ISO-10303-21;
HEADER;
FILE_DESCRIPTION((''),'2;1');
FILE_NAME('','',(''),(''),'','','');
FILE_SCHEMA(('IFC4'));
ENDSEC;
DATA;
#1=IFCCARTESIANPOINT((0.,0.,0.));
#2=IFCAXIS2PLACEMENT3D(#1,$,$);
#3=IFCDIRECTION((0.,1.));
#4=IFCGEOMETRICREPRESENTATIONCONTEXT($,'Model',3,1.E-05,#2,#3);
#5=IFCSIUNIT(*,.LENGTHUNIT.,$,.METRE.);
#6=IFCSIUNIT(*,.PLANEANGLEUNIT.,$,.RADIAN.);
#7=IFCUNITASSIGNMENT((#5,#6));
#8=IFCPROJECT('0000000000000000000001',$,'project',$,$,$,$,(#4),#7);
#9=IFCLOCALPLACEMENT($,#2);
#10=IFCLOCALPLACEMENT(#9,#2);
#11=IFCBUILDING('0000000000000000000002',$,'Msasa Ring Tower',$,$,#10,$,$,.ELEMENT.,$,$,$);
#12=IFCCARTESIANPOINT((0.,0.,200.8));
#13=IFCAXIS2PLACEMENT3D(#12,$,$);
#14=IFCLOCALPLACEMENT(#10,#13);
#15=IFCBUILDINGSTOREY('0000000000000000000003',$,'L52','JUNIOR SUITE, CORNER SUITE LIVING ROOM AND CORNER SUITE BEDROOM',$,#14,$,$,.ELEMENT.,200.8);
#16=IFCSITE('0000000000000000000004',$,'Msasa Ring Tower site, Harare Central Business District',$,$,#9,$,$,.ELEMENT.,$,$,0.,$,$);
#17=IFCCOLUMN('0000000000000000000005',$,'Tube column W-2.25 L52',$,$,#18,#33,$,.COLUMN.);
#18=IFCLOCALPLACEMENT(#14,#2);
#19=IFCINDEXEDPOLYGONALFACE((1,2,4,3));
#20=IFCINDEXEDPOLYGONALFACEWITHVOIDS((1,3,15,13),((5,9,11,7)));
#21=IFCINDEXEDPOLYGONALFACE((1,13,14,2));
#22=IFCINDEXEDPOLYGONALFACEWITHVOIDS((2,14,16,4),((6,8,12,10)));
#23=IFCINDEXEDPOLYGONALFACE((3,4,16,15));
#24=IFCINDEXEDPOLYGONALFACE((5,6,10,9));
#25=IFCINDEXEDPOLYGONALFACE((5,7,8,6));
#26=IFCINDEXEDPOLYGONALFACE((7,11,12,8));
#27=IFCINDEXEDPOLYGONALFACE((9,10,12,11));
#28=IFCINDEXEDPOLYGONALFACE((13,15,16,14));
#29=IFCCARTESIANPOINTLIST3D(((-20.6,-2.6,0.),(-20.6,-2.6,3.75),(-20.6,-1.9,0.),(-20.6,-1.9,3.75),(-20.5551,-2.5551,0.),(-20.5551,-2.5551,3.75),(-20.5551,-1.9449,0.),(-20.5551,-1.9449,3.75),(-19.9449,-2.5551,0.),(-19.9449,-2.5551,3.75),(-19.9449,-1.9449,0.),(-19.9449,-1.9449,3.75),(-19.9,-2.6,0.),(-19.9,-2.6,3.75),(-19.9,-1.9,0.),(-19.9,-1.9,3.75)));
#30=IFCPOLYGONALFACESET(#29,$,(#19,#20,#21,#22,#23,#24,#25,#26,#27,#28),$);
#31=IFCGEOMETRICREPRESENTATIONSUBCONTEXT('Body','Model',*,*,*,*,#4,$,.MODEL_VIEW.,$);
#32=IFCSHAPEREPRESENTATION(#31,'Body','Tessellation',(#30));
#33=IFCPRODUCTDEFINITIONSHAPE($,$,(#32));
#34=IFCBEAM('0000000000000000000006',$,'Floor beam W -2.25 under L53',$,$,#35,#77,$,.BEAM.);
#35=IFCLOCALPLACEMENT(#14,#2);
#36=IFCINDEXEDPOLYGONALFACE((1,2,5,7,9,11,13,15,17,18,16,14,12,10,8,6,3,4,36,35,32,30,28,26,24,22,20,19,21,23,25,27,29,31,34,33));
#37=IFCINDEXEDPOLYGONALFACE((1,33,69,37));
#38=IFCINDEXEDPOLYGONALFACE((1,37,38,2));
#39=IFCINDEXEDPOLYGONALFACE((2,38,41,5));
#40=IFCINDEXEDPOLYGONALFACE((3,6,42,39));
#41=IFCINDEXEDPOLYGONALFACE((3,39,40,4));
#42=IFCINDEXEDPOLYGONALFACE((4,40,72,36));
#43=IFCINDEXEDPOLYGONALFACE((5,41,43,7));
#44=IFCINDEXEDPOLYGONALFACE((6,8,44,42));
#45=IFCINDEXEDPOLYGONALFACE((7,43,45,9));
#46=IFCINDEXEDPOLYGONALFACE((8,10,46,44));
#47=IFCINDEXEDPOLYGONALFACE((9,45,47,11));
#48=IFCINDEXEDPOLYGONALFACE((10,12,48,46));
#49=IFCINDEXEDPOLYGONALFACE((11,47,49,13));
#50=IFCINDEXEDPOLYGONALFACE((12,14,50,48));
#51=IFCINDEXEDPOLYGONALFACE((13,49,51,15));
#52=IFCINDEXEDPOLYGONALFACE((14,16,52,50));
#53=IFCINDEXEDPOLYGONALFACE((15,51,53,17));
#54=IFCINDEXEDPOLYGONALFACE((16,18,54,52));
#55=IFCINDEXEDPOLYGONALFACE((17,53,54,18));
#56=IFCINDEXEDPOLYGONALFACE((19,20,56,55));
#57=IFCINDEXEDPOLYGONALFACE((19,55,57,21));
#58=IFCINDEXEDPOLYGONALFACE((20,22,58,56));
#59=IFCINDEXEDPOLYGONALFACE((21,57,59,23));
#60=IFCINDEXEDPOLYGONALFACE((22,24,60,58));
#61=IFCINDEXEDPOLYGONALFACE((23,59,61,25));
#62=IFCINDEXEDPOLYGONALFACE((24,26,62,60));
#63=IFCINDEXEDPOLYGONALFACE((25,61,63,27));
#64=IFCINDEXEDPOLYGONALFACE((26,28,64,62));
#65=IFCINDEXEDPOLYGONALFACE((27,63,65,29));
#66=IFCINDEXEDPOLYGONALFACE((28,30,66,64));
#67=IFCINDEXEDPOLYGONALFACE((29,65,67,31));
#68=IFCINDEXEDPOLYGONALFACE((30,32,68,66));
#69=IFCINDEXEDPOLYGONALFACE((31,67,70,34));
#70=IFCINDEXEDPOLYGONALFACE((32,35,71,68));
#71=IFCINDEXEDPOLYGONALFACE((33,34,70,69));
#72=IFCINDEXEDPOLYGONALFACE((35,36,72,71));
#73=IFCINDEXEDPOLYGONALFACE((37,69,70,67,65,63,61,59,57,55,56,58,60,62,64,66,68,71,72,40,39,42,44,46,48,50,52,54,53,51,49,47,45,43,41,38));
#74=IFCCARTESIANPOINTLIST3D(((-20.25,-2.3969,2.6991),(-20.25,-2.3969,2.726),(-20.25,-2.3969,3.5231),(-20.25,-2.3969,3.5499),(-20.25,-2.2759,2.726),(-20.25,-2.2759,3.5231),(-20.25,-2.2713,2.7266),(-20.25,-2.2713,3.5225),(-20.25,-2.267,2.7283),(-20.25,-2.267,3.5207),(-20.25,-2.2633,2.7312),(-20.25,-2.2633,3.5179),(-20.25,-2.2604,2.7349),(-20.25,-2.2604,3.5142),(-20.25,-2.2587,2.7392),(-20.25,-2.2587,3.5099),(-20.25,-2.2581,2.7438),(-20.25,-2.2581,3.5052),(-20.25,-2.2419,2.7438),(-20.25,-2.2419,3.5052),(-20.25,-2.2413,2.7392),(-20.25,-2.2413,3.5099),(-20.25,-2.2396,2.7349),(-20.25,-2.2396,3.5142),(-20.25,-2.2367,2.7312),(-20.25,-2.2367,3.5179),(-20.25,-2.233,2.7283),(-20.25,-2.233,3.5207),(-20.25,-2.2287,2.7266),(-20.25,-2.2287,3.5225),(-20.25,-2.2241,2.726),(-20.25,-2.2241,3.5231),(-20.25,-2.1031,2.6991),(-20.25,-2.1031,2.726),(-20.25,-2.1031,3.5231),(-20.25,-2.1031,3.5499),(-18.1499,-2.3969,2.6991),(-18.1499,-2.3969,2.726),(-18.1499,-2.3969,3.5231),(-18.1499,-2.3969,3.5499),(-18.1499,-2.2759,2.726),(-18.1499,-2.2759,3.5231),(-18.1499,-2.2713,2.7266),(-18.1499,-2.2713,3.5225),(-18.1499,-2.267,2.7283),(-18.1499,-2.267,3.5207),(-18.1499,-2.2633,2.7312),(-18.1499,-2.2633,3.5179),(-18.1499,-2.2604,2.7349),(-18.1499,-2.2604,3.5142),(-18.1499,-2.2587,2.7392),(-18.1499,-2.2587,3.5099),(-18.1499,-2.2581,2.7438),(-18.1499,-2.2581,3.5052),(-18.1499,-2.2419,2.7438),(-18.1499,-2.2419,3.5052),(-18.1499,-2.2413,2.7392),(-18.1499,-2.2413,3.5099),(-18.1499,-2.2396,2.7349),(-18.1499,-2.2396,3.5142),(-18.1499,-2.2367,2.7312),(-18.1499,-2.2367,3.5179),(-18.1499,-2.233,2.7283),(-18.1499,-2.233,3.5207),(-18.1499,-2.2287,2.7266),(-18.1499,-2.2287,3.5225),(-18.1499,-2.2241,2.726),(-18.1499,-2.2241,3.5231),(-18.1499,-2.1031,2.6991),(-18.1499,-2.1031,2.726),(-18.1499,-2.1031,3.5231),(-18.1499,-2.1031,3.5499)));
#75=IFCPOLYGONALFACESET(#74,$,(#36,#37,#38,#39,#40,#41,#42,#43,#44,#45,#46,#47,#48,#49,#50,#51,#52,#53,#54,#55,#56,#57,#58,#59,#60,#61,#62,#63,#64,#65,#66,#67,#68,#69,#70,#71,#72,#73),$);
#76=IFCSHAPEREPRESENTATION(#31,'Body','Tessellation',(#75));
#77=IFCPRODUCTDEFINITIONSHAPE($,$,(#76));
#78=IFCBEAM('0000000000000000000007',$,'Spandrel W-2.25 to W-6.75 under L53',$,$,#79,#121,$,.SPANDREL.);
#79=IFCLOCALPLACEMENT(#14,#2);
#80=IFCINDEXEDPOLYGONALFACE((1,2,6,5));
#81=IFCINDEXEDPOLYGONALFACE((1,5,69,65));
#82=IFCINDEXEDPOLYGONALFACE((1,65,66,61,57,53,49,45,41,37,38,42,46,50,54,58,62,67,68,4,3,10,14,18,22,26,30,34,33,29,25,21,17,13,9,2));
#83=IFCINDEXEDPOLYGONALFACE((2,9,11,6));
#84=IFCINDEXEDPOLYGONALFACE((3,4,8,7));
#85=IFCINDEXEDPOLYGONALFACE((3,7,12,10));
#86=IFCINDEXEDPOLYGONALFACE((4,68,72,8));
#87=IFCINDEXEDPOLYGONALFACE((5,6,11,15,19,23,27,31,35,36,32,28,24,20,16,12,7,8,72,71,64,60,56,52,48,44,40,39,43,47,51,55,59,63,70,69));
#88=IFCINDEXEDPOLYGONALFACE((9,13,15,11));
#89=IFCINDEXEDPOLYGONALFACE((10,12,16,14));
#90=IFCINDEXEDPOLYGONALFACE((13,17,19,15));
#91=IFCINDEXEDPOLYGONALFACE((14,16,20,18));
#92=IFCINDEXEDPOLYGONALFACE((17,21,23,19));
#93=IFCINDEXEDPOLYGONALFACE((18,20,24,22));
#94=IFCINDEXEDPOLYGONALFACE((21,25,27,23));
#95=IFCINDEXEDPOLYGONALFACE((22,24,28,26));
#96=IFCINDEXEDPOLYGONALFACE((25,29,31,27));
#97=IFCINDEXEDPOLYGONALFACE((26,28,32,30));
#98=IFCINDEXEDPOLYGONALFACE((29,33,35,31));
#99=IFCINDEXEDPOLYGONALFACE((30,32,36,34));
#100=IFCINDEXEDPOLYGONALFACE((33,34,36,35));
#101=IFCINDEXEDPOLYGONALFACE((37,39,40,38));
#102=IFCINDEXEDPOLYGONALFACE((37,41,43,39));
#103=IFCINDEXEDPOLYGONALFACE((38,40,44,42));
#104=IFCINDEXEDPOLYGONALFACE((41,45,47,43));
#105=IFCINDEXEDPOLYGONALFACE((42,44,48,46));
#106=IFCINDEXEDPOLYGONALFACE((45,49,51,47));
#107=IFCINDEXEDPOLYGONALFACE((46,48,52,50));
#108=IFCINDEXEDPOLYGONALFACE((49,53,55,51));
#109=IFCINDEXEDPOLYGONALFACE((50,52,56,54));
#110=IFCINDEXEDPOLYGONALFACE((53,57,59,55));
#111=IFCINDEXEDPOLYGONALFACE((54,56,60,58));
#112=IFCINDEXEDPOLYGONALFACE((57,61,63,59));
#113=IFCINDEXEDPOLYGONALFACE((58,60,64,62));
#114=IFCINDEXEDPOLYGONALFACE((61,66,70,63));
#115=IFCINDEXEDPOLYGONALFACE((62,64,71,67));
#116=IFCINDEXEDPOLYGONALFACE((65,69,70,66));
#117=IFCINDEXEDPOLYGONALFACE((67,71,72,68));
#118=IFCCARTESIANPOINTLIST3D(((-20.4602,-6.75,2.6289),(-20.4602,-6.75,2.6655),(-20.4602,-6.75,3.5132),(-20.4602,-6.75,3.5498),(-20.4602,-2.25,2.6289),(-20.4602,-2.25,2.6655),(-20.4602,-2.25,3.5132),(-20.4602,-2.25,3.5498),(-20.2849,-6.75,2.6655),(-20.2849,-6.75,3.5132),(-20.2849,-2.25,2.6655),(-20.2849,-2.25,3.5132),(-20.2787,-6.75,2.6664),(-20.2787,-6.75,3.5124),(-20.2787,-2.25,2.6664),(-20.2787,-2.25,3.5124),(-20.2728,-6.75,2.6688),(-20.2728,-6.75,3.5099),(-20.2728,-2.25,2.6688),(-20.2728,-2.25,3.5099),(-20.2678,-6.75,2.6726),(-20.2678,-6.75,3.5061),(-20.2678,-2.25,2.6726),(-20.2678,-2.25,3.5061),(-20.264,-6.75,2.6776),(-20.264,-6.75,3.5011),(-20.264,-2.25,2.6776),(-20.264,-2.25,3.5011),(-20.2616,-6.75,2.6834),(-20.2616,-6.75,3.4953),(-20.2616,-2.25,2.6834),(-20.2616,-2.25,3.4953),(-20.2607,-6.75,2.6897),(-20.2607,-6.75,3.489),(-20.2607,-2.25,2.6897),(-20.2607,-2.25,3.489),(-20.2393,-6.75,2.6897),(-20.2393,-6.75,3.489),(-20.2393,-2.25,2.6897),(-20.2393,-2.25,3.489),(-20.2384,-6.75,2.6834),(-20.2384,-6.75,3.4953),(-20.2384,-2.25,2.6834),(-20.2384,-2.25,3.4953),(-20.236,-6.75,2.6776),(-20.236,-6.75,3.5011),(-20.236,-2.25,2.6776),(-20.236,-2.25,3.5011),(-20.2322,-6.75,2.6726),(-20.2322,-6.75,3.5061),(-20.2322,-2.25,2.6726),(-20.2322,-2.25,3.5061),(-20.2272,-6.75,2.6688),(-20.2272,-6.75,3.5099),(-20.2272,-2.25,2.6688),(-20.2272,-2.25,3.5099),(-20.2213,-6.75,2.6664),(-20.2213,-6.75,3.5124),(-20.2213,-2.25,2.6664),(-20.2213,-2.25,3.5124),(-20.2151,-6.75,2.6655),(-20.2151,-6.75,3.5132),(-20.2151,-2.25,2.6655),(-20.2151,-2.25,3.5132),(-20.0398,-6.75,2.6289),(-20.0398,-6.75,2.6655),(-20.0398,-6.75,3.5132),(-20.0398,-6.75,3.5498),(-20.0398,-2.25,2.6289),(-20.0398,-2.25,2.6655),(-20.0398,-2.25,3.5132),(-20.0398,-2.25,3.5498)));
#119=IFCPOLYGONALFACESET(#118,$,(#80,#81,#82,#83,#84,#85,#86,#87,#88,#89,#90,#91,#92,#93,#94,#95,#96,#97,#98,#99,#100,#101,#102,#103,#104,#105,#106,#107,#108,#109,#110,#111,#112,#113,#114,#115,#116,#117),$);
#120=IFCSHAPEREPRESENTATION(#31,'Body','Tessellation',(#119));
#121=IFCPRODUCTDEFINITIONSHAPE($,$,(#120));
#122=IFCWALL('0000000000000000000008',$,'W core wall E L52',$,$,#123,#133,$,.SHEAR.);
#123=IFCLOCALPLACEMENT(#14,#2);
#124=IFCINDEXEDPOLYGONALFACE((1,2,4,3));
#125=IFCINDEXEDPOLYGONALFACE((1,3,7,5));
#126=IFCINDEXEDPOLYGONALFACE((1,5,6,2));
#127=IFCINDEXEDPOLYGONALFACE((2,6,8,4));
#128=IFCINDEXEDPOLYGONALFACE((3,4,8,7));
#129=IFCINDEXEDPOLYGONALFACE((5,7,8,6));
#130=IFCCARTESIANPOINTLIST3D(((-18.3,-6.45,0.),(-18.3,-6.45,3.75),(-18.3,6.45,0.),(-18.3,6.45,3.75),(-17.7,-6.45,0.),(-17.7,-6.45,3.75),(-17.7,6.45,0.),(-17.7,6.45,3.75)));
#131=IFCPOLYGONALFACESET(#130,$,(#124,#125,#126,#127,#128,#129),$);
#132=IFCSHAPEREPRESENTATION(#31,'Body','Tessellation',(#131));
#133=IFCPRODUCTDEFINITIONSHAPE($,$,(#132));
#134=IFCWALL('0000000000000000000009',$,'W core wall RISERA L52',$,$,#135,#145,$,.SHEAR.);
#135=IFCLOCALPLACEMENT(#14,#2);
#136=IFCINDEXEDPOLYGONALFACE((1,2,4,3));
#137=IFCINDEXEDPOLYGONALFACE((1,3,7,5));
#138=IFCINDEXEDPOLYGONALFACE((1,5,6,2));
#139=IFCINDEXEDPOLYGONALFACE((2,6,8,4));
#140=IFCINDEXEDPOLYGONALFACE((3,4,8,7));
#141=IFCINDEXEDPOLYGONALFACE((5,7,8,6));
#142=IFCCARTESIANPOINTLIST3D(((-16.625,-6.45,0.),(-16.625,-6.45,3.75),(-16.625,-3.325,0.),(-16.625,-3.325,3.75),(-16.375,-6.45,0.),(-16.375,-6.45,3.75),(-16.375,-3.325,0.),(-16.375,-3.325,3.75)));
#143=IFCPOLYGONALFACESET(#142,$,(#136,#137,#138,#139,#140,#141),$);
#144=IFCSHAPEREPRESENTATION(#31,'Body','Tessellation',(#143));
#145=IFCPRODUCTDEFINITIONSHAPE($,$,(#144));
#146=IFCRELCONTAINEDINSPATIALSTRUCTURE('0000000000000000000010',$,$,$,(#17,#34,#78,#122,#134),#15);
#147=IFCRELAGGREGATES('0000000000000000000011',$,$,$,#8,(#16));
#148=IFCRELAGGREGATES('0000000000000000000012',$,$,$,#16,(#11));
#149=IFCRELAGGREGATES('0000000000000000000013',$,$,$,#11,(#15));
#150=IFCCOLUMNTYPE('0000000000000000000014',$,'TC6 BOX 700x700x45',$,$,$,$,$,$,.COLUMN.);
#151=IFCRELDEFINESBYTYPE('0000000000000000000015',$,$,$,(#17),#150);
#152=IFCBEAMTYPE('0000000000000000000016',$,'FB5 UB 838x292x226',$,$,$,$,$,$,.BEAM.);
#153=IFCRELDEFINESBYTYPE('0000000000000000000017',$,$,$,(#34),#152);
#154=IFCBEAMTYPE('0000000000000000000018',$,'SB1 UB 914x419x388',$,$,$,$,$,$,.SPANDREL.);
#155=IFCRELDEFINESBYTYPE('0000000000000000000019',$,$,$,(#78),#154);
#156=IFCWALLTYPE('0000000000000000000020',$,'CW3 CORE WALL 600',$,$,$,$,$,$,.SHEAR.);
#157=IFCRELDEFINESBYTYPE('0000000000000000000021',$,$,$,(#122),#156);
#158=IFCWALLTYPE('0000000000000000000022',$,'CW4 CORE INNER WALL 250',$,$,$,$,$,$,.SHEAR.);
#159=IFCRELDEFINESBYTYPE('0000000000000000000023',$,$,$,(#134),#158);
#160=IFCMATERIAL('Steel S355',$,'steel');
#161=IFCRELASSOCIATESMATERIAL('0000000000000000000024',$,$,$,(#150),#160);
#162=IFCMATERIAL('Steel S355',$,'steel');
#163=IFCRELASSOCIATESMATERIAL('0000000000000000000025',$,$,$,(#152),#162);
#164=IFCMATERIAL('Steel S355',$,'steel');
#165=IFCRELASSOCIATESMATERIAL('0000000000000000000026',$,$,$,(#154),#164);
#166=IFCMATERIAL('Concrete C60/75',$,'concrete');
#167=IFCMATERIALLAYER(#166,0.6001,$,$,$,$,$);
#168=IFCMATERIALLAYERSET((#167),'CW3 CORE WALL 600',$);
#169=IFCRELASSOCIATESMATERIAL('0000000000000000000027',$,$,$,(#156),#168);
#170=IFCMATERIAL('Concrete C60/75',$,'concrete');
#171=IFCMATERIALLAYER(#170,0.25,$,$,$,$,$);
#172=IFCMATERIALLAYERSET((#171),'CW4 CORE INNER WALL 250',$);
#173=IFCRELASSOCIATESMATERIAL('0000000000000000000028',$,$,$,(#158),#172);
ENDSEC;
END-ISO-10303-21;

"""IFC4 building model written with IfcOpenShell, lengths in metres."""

from ifc_helpers import new_model, si_unit, direction, frame, frame_2d, origin, origin_2d, place, context, subcontext, project, spatial, rectangle, hollow_rectangle, i_section, extrude, material, layer, layer_set, material_profile, profile_set, type_object, element, save


model = new_model("IFC4")

# Units and contexts
model_context = context("Model", 3, precision=1e-05, world=origin(), true_north=direction((0.0, 1.0)))
body_context = subcontext(model_context, "Body", "Model", "MODEL_VIEW")
ifc_project = project(units=[si_unit("LENGTHUNIT", "METRE"), si_unit("PLANEANGLEUNIT", "RADIAN")], contexts=[model_context])

# Site, building, storey
site_placement = place(None, origin())
site = spatial("IfcSite", under=ifc_project, at=site_placement, Name="Msasa Ring Tower site, Harare Central Business District", CompositionType="ELEMENT", RefElevation=0.0)
building_placement = place(site_placement, origin())
building = spatial("IfcBuilding", under=site, at=building_placement, Name="Msasa Ring Tower", CompositionType="ELEMENT")
storey_placement = place(building_placement, frame((0.0, 0.0, 200.8)))
storey = spatial("IfcBuildingStorey", under=building, at=storey_placement, Name="L52", Description="JUNIOR SUITE, CORNER SUITE LIVING ROOM AND CORNER SUITE BEDROOM", CompositionType="ELEMENT", Elevation=200.8)

# Column
ifc_material_1 = material(Name="Steel S355", Category="steel")
ifc_material_profile_1 = material_profile(ifc_material_1, hollow_rectangle(XDim=0.7, YDim=0.7, WallThickness=0.0449, at=origin_2d()), Name="BOX 700x700x45")
ifc_profile_set_1 = profile_set([ifc_material_profile_1], Name="Steel S355")
column_type = type_object("IfcColumnType", Name="TC6 BOX 700x700x45", PredefinedType="COLUMN", material=ifc_profile_set_1)
column_placement = place(storey_placement, frame((-20.25, -2.25, 0.0), z_axis=(0.0, 0.0, 1.0), x_axis=(1.0, 0.0, 0.0)))
element("IfcColumn", 1, at=column_placement, inside=storey, type_object=column_type, Name="Tube column W-2.25 L52", PredefinedType="COLUMN", context=body_context, shape_type="SweptSolid", body=[
    extrude(hollow_rectangle(XDim=0.7, YDim=0.7, WallThickness=0.0449, at=origin_2d()), origin(), (0.0, 0.0, 1.0), 3.75),
])

# Beams
ifc_material_2 = material(Name="Steel S355", Category="steel")
ifc_material_profile_2 = material_profile(ifc_material_2, i_section(OverallWidth=0.2937, OverallDepth=0.8508, WebThickness=0.0161, FlangeThickness=0.0269, FilletRadius=0.0178, at=origin_2d()), Name="UB 838x292x226")
ifc_profile_set_2 = profile_set([ifc_material_profile_2], Name="Steel S355")
beam_type_1 = type_object("IfcBeamType", Name="FB5 UB 838x292x226", PredefinedType="BEAM", material=ifc_profile_set_2)
beam_1_placement = place(storey_placement, frame((-20.25, -2.25, 3.1245), z_axis=(1.0, 0.0, 0.0), x_axis=(0.0, 1.0, 0.0)))
element("IfcBeam", 2, at=beam_1_placement, inside=storey, type_object=beam_type_1, Name="Floor beam W -2.25 under L53", PredefinedType="BEAM", context=body_context, shape_type="SweptSolid", body=[
    extrude(i_section(OverallWidth=0.2937, OverallDepth=0.8508, WebThickness=0.0161, FlangeThickness=0.0269, FilletRadius=0.0178, at=origin_2d()), origin(), (0.0, 0.0, 1.0), 2.1001),
])
ifc_material_3 = material(Name="Steel S355", Category="steel")
ifc_material_profile_3 = material_profile(ifc_material_3, i_section(OverallWidth=0.4204, OverallDepth=0.9209, WebThickness=0.0215, FlangeThickness=0.0366, FilletRadius=0.0242, at=origin_2d()), Name="UB 914x419x388")
ifc_profile_set_3 = profile_set([ifc_material_profile_3], Name="Steel S355")
beam_type_2 = type_object("IfcBeamType", Name="SB1 UB 914x419x388", PredefinedType="SPANDREL", material=ifc_profile_set_3)
beam_2_placement = place(storey_placement, frame((-20.25, -2.25, 3.0894), z_axis=(0.0, -1.0, 0.0), x_axis=(1.0, 0.0, 0.0)))
element("IfcBeam", 3, at=beam_2_placement, inside=storey, type_object=beam_type_2, Name="Spandrel W-2.25 to W-6.75 under L53", PredefinedType="SPANDREL", context=body_context, shape_type="SweptSolid", body=[
    extrude(i_section(OverallWidth=0.4204, OverallDepth=0.9209, WebThickness=0.0215, FlangeThickness=0.0366, FilletRadius=0.0242, at=origin_2d()), origin(), (0.0, 0.0, 1.0), 4.5),
])

# Walls
ifc_material_4 = material(Name="Concrete C60/75", Category="concrete")
ifc_layer_1 = layer(ifc_material_4, 0.6001)
ifc_layer_set_1 = layer_set([ifc_layer_1], Name="CW3 CORE WALL 600")
wall_type_1 = type_object("IfcWallType", Name="CW3 CORE WALL 600", PredefinedType="SHEAR", material=ifc_layer_set_1)
wall_1_placement = place(storey_placement, frame((-18.0, -6.45, 0.0), z_axis=(0.0, 0.0, 1.0), x_axis=(0.0, 1.0, 0.0)))
element("IfcWall", 4, at=wall_1_placement, inside=storey, type_object=wall_type_1, Name="W core wall E L52", PredefinedType="SHEAR", context=body_context, shape_type="SweptSolid", body=[
    extrude(rectangle(XDim=12.8999, YDim=0.6001, at=frame_2d((6.45, 0.0))), origin(), (0.0, 0.0, 1.0), 3.75),
])
ifc_material_5 = material(Name="Concrete C60/75", Category="concrete")
ifc_layer_2 = layer(ifc_material_5, 0.25)
ifc_layer_set_2 = layer_set([ifc_layer_2], Name="CW4 CORE INNER WALL 250")
wall_type_2 = type_object("IfcWallType", Name="CW4 CORE INNER WALL 250", PredefinedType="SHEAR", material=ifc_layer_set_2)
wall_2_placement = place(storey_placement, frame((-16.5, -6.45, 0.0), z_axis=(0.0, 0.0, 1.0), x_axis=(0.0, 1.0, 0.0)))
element("IfcWall", 5, at=wall_2_placement, inside=storey, type_object=wall_type_2, Name="W core wall RISERA L52", PredefinedType="SHEAR", context=body_context, shape_type="SweptSolid", body=[
    extrude(rectangle(XDim=3.125, YDim=0.25, at=frame_2d((1.5625, 0.0))), origin(), (0.0, 0.0, 1.0), 3.75),
])

save(model, "model.ifc")
